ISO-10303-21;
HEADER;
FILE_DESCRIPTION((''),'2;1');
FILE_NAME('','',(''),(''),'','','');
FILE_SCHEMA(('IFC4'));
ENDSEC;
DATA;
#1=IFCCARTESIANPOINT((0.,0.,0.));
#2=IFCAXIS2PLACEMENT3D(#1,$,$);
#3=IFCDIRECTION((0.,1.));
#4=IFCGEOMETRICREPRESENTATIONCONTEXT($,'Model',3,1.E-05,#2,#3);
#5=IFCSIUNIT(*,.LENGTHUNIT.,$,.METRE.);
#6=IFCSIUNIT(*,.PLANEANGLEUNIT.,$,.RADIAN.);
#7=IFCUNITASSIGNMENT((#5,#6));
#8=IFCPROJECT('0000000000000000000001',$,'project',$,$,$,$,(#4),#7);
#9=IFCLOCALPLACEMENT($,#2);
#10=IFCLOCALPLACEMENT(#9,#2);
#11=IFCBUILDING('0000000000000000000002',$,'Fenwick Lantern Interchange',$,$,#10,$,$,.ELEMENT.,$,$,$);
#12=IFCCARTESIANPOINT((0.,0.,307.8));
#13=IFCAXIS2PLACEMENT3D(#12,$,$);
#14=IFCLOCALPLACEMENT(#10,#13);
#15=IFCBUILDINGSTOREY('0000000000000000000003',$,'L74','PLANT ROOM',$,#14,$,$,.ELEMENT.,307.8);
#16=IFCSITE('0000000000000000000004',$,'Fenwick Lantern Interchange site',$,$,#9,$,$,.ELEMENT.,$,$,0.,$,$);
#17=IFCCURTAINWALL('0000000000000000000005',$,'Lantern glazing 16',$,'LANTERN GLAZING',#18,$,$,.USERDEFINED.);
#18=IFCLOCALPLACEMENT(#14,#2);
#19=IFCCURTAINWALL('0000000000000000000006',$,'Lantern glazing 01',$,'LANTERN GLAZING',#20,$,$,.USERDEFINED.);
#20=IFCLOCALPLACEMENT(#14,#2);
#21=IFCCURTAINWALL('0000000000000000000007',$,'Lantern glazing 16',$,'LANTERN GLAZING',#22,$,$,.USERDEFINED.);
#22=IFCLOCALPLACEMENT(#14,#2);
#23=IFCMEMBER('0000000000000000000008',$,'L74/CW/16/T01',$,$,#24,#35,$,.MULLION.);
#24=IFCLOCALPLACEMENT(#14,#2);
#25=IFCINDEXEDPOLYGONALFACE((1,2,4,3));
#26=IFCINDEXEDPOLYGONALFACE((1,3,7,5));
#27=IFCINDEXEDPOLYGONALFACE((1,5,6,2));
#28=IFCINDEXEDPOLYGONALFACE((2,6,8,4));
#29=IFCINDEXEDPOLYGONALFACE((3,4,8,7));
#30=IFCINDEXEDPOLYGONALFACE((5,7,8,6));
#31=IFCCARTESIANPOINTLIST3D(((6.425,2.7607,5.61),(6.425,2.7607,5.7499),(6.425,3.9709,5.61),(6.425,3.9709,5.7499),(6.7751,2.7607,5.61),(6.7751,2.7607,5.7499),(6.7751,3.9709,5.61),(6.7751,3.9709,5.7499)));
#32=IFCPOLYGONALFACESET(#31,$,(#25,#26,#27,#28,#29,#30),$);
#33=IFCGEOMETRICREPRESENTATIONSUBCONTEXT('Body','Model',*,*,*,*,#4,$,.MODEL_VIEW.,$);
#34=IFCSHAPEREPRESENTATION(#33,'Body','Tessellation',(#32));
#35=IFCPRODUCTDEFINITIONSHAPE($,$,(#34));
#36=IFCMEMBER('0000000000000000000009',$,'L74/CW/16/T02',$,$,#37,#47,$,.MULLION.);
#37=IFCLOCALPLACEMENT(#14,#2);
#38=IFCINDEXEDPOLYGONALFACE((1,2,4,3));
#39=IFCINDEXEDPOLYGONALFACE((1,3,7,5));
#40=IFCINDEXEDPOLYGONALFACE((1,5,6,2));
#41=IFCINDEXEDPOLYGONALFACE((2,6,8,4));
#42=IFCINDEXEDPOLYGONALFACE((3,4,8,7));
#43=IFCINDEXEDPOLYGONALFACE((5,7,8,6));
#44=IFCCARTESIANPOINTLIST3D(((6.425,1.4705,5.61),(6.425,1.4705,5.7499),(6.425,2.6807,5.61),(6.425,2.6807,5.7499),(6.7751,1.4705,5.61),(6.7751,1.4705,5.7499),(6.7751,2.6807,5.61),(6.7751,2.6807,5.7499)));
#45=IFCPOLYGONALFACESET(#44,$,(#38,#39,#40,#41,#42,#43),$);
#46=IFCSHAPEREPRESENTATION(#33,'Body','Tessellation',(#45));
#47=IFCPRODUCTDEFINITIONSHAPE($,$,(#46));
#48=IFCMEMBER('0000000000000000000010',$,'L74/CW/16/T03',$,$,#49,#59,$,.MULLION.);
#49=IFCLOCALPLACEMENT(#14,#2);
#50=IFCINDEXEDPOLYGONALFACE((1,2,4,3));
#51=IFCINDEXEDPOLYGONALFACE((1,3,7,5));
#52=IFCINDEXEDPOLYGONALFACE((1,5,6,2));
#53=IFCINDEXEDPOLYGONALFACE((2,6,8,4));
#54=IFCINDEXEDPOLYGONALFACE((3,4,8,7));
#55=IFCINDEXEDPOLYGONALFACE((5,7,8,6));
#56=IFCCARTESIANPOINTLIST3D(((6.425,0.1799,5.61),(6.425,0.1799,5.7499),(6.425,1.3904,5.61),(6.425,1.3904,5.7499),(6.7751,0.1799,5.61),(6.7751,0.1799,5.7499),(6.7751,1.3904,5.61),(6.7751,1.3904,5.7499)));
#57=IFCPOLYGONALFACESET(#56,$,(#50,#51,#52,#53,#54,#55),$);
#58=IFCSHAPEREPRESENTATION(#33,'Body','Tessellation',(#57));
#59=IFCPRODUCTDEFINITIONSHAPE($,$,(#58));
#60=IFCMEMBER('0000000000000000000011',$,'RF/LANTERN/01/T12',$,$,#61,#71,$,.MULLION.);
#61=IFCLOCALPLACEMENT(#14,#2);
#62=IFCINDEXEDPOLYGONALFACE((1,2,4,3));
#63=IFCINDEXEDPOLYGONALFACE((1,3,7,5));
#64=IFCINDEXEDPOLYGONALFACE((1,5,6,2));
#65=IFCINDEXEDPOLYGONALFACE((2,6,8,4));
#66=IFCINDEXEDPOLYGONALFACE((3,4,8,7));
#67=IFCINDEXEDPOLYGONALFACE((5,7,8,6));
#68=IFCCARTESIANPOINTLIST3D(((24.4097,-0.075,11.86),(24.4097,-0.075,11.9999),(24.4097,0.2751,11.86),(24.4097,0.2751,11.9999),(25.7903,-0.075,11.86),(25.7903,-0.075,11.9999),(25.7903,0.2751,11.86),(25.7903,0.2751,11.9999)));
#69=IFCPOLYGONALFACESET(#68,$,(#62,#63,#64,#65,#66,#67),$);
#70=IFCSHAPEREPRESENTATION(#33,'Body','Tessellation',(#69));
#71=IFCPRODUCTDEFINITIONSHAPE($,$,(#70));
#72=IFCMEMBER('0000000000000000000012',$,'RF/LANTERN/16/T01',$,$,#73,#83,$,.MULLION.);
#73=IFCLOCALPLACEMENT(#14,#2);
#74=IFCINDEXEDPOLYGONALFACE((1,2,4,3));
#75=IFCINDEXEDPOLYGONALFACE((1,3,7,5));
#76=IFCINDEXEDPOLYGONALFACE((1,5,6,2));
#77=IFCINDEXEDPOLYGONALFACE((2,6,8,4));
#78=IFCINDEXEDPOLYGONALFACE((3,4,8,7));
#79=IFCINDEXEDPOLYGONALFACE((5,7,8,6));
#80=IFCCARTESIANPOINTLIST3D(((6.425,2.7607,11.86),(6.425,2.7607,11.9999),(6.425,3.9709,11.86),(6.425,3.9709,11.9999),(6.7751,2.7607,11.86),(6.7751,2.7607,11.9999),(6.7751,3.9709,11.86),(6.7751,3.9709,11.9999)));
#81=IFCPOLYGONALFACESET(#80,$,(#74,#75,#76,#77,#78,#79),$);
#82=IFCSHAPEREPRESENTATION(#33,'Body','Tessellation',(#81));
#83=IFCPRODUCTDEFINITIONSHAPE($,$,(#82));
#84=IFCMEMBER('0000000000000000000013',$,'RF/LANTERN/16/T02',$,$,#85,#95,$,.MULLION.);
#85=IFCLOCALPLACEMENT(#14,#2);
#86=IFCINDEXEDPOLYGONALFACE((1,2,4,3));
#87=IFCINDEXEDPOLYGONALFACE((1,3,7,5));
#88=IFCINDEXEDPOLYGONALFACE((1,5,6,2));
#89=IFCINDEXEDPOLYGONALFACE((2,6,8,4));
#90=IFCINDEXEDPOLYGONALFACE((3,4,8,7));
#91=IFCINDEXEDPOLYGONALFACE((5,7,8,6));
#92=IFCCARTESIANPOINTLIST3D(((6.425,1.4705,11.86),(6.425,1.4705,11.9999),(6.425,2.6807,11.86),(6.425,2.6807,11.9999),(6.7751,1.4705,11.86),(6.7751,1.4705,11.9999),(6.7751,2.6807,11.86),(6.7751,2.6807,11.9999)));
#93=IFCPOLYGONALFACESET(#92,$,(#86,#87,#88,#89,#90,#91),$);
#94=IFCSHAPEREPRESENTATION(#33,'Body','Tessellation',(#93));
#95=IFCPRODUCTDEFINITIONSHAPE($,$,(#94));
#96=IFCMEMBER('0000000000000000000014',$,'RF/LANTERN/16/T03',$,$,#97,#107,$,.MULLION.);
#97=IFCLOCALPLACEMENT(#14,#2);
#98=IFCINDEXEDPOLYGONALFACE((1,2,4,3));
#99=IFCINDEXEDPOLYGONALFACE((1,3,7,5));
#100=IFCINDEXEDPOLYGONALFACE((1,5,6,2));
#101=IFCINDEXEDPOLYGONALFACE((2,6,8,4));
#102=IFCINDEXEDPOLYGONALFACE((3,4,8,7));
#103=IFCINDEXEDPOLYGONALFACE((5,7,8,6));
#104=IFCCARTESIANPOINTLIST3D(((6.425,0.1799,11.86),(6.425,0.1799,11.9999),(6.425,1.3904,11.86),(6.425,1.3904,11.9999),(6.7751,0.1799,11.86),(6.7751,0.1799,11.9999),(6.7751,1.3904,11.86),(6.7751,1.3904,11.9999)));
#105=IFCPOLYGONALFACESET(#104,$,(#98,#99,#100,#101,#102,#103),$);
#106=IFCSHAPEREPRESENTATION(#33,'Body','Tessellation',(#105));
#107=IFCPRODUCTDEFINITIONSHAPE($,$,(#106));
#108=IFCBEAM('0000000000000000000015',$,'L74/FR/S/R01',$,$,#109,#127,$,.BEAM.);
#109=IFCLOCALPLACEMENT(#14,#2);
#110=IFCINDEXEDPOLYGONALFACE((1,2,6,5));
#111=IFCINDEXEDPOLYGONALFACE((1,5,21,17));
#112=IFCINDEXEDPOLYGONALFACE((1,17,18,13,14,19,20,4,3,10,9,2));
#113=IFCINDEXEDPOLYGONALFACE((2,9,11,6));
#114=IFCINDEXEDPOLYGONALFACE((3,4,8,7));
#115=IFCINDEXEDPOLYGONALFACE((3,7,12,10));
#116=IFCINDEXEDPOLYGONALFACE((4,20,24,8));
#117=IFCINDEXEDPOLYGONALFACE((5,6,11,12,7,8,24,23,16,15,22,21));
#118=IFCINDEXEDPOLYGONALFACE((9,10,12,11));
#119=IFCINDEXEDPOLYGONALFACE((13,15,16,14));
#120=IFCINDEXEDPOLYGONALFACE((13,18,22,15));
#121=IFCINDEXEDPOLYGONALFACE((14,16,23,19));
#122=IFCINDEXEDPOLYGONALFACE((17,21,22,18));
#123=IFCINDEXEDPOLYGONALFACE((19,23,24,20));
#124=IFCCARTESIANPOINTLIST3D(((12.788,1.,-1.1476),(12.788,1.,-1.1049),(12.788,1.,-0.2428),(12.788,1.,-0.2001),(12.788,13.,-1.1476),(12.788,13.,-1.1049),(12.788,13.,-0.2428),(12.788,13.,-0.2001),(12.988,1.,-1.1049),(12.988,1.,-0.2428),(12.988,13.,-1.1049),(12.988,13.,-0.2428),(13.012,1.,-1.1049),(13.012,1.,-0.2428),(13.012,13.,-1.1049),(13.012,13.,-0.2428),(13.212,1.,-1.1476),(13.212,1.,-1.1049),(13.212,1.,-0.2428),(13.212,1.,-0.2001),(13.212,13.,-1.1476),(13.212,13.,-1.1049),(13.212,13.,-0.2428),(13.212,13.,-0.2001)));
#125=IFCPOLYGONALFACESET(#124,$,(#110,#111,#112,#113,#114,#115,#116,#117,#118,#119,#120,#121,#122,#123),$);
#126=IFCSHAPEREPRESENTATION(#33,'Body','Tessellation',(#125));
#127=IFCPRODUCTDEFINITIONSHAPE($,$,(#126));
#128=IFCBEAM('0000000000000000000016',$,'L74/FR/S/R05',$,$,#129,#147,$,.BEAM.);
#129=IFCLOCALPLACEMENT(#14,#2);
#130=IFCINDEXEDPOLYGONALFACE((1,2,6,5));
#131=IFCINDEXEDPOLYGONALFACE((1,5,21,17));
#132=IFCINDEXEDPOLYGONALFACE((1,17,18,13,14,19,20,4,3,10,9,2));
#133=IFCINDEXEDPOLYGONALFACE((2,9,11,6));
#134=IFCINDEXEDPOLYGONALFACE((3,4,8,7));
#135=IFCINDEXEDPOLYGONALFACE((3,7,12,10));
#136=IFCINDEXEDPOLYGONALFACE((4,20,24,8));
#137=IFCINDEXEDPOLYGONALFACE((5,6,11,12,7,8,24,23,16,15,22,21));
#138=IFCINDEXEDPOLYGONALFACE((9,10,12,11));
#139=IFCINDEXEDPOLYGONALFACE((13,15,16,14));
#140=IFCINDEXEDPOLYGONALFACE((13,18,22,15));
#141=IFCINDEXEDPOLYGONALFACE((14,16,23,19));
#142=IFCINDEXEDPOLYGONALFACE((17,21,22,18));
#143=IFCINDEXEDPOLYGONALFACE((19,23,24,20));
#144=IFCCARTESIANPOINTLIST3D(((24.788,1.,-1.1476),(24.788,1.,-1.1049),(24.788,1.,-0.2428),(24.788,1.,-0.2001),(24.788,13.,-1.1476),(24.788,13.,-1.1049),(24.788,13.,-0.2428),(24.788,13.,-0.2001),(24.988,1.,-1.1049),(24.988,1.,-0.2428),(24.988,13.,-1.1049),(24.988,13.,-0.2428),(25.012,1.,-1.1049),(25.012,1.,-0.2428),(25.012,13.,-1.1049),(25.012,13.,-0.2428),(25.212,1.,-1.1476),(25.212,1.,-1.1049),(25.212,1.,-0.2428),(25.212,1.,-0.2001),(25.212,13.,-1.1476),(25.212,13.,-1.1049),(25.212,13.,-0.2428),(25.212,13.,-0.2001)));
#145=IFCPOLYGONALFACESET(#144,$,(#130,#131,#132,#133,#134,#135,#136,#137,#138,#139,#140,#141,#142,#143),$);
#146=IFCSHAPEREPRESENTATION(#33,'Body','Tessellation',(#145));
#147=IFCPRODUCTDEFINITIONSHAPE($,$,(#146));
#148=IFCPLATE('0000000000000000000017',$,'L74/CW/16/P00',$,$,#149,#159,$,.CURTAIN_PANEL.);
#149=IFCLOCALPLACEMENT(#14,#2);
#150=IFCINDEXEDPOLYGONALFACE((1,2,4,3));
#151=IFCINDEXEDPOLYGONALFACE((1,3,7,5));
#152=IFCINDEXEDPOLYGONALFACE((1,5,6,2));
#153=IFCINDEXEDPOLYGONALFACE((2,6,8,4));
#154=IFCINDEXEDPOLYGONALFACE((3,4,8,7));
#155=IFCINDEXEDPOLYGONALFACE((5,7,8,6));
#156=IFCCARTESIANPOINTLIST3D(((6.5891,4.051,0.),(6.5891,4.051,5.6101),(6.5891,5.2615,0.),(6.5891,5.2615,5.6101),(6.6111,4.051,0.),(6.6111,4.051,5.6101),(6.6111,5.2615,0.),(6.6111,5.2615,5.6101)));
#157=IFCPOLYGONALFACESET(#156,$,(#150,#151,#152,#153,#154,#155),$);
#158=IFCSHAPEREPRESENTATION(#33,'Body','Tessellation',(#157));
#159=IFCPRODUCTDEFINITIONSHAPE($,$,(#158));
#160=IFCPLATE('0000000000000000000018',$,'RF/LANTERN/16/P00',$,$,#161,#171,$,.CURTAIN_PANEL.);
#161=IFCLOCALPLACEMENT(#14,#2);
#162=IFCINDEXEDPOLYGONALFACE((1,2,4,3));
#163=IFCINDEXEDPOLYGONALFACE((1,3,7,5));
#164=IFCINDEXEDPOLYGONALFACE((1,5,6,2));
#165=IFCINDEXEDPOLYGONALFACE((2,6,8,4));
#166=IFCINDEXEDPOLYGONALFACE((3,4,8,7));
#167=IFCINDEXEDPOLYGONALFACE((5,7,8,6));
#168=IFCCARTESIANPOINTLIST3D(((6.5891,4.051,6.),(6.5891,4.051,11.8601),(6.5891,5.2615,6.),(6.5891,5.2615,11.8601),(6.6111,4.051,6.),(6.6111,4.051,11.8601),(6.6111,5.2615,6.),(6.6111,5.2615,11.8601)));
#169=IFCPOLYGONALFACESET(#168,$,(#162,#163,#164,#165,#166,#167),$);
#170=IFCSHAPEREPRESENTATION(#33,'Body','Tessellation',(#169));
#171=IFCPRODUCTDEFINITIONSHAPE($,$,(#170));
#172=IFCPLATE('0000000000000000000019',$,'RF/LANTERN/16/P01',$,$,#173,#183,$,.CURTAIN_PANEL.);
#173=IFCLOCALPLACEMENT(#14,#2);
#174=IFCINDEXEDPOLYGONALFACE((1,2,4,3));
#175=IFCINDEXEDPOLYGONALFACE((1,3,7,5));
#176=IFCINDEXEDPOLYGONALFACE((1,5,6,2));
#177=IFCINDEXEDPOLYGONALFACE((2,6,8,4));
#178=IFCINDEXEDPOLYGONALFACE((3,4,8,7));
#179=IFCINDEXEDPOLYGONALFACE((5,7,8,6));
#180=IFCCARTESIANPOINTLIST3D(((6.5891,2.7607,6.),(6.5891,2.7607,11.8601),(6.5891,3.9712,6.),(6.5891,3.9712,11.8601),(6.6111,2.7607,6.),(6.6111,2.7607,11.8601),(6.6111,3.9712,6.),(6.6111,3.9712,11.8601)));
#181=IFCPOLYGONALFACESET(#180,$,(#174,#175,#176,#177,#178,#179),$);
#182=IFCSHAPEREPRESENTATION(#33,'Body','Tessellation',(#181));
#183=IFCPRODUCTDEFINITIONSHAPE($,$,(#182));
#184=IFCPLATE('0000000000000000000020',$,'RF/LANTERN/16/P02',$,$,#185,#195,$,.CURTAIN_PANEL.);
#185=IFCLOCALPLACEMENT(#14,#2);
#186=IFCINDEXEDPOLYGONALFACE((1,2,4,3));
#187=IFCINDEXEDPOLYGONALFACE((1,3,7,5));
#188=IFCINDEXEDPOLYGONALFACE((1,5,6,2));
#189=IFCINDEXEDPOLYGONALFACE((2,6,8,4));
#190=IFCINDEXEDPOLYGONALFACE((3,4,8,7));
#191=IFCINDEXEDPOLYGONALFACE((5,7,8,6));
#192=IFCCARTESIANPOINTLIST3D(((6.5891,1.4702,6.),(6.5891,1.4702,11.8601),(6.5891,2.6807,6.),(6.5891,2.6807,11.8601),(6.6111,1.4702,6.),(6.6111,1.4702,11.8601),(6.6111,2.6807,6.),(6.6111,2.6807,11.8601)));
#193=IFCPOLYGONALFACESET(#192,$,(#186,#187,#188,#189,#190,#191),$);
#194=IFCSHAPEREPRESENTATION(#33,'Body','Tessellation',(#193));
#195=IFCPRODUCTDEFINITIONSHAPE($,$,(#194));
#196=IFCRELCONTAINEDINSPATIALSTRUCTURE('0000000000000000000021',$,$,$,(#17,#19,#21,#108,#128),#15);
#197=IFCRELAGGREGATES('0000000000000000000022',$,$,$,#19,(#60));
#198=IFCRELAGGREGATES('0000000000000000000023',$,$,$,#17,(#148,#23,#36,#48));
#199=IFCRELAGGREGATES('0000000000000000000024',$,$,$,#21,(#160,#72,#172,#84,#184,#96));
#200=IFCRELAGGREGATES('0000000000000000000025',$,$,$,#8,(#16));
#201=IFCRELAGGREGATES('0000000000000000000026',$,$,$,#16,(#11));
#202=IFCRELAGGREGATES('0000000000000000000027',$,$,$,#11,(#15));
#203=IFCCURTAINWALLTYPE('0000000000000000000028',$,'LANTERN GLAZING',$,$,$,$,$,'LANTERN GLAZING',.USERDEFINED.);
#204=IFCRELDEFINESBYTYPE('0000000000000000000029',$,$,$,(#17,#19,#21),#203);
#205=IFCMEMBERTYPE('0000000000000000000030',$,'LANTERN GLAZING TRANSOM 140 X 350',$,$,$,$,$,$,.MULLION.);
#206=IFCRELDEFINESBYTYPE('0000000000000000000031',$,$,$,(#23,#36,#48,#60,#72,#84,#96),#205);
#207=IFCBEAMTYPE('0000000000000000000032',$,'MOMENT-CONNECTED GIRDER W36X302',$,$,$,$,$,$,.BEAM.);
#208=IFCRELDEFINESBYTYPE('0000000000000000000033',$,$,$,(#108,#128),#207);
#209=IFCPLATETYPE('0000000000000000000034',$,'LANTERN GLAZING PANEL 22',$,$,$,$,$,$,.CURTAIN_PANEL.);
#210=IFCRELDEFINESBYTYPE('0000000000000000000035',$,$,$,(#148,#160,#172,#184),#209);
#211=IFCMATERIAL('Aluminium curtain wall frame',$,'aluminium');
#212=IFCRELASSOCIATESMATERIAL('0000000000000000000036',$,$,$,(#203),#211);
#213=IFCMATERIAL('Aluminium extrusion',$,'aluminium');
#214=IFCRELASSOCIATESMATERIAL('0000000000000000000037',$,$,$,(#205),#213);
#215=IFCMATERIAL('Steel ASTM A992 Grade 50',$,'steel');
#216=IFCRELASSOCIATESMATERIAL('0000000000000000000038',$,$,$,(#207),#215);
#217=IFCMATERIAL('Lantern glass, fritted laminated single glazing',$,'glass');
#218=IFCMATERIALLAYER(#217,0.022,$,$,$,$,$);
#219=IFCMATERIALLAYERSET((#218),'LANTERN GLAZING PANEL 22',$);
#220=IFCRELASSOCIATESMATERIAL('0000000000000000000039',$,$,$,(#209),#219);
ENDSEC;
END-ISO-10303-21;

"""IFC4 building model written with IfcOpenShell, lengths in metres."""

from ifc_helpers import new_model, si_unit, direction, frame, origin, origin_2d, place, context, subcontext, project, spatial, rectangle, i_section, extrude, material, layer, layer_set, material_profile, profile_set, type_object, element, aggregate, save


model = new_model("IFC4")

# Units and contexts
model_context = context("Model", 3, precision=1e-05, world=origin(), true_north=direction((0.0, 1.0)))
body_context = subcontext(model_context, "Body", "Model", "MODEL_VIEW")
ifc_project = project(units=[si_unit("LENGTHUNIT", "METRE"), si_unit("PLANEANGLEUNIT", "RADIAN")], contexts=[model_context])

# Site, building, storey
site_placement = place(None, origin())
site = spatial("IfcSite", under=ifc_project, at=site_placement, Name="Fenwick Lantern Interchange site", CompositionType="ELEMENT", RefElevation=0.0)
building_placement = place(site_placement, origin())
building = spatial("IfcBuilding", under=site, at=building_placement, Name="Fenwick Lantern Interchange", CompositionType="ELEMENT")
storey_placement = place(building_placement, frame((0.0, 0.0, 307.8)))
storey = spatial("IfcBuildingStorey", under=building, at=storey_placement, Name="L74", Description="PLANT ROOM", CompositionType="ELEMENT", Elevation=307.8)

# Shared definitions
ifc_material_1 = material(Name="Steel ASTM A992 Grade 50", Category="steel")

# Curtain wall
ifc_material_2 = material(Name="Aluminium curtain wall frame", Category="aluminium")
curtain_wall_type = type_object("IfcCurtainWallType", Name="LANTERN GLAZING", ElementType="LANTERN GLAZING", PredefinedType="USERDEFINED", material=ifc_material_2)
curtain_wall_1_placement = place(storey_placement, origin())
curtain_wall_1 = element("IfcCurtainWall", 1, at=curtain_wall_1_placement, inside=storey, type_object=curtain_wall_type, Name="Lantern glazing 16", ObjectType="LANTERN GLAZING", PredefinedType="USERDEFINED")
ifc_material_3 = material(Name="Aluminium extrusion", Category="aluminium")

# Curtain wall
curtain_wall_2_placement = place(storey_placement, origin())
curtain_wall_2 = element("IfcCurtainWall", 2, at=curtain_wall_2_placement, inside=storey, type_object=curtain_wall_type, Name="Lantern glazing 01", ObjectType="LANTERN GLAZING", PredefinedType="USERDEFINED")

# Curtain wall
curtain_wall_3_placement = place(storey_placement, origin())
curtain_wall_3 = element("IfcCurtainWall", 3, at=curtain_wall_3_placement, inside=storey, type_object=curtain_wall_type, Name="Lantern glazing 16", ObjectType="LANTERN GLAZING", PredefinedType="USERDEFINED")

# Shared definitions
ifc_material_profile_1 = material_profile(ifc_material_3, rectangle(XDim=0.3501, YDim=0.1399, at=origin_2d()), Name="LANTERN GLAZING TRANSOM 140 X 350")
ifc_profile_set_1 = profile_set([ifc_material_profile_1], Name="Aluminium extrusion")
member_type_1 = type_object("IfcMemberType", Name="LANTERN GLAZING TRANSOM 140 X 350", PredefinedType="MULLION", material=ifc_profile_set_1)

# Members
member_1_placement = place(storey_placement, frame((6.6001, 3.9709, 5.6799), z_axis=(0.0, -1.0, 0.0), x_axis=(1.0, 0.0, 0.0)))
member_1 = element("IfcMember", 4, at=member_1_placement, type_object=member_type_1, Name="L74/CW/16/T01", PredefinedType="MULLION", context=body_context, shape_type="SweptSolid", body=[
    extrude(rectangle(XDim=0.3501, YDim=0.1399, at=origin_2d()), origin(), (0.0, 0.0, 1.0), 1.2102),
])
member_2_placement = place(storey_placement, frame((6.6001, 2.6807, 5.6799), z_axis=(0.0, -1.0, 0.0), x_axis=(1.0, 0.0, 0.0)))
member_2 = element("IfcMember", 5, at=member_2_placement, type_object=member_type_1, Name="L74/CW/16/T02", PredefinedType="MULLION", context=body_context, shape_type="SweptSolid", body=[
    extrude(rectangle(XDim=0.3501, YDim=0.1399, at=origin_2d()), origin(), (0.0, 0.0, 1.0), 1.2102),
])
member_3_placement = place(storey_placement, frame((6.6001, 1.3904, 5.6799), z_axis=(0.0, -1.0, 0.0), x_axis=(1.0, 0.0, 0.0)))
member_3 = element("IfcMember", 6, at=member_3_placement, type_object=member_type_1, Name="L74/CW/16/T03", PredefinedType="MULLION", context=body_context, shape_type="SweptSolid", body=[
    extrude(rectangle(XDim=0.3501, YDim=0.1399, at=origin_2d()), origin(), (0.0, 0.0, 1.0), 1.2104),
])
member_4_placement = place(storey_placement, frame((24.4097, 0.1001, 11.9299), z_axis=(1.0, 0.0, 0.0), x_axis=(0.0, 1.0, 0.0)))
member_4 = element("IfcMember", 7, at=member_4_placement, type_object=member_type_1, Name="RF/LANTERN/01/T12", PredefinedType="MULLION", context=body_context, shape_type="SweptSolid", body=[
    extrude(rectangle(XDim=0.3501, YDim=0.1399, at=origin_2d()), origin(), (0.0, 0.0, 1.0), 1.3806),
])
aggregate(curtain_wall_2, [member_4])
member_5_placement = place(storey_placement, frame((6.6001, 3.9709, 11.9299), z_axis=(0.0, -1.0, 0.0), x_axis=(1.0, 0.0, 0.0)))
member_5 = element("IfcMember", 8, at=member_5_placement, type_object=member_type_1, Name="RF/LANTERN/16/T01", PredefinedType="MULLION", context=body_context, shape_type="SweptSolid", body=[
    extrude(rectangle(XDim=0.3501, YDim=0.1399, at=origin_2d()), origin(), (0.0, 0.0, 1.0), 1.2102),
])
member_6_placement = place(storey_placement, frame((6.6001, 2.6807, 11.9299), z_axis=(0.0, -1.0, 0.0), x_axis=(1.0, 0.0, 0.0)))
member_6 = element("IfcMember", 9, at=member_6_placement, type_object=member_type_1, Name="RF/LANTERN/16/T02", PredefinedType="MULLION", context=body_context, shape_type="SweptSolid", body=[
    extrude(rectangle(XDim=0.3501, YDim=0.1399, at=origin_2d()), origin(), (0.0, 0.0, 1.0), 1.2102),
])
member_7_placement = place(storey_placement, frame((6.6001, 1.3904, 11.9299), z_axis=(0.0, -1.0, 0.0), x_axis=(1.0, 0.0, 0.0)))
member_7 = element("IfcMember", 10, at=member_7_placement, type_object=member_type_1, Name="RF/LANTERN/16/T03", PredefinedType="MULLION", context=body_context, shape_type="SweptSolid", body=[
    extrude(rectangle(XDim=0.3501, YDim=0.1399, at=origin_2d()), origin(), (0.0, 0.0, 1.0), 1.2104),
])

# Beams
ifc_material_profile_2 = material_profile(ifc_material_1, i_section(OverallWidth=0.4241, OverallDepth=0.9475, WebThickness=0.0239, FlangeThickness=0.0427, at=origin_2d()), Name="W36X302")
ifc_profile_set_2 = profile_set([ifc_material_profile_2], Name="Steel ASTM A992 Grade 50")
beam_type_1 = type_object("IfcBeamType", Name="MOMENT-CONNECTED GIRDER W36X302", PredefinedType="BEAM", material=ifc_profile_set_2)
for number, where, z_axis, x_axis, name in (
    (11, (13.0, 1.0, -0.6738), (0.0, 1.0, 0.0), (-1.0, 0.0, 0.0), "L74/FR/S/R01"),
    (12, (25.0, 1.0, -0.6738), (0.0, 1.0, 0.0), (-1.0, 0.0, 0.0), "L74/FR/S/R05"),
):
    element("IfcBeam", number, at=place(storey_placement, frame(where, z_axis=z_axis, x_axis=x_axis)), inside=storey, type_object=beam_type_1, Name=name, PredefinedType="BEAM", context=body_context, shape_type="SweptSolid", body=[
        extrude(i_section(OverallWidth=0.4241, OverallDepth=0.9475, WebThickness=0.0239, FlangeThickness=0.0427, at=origin_2d()), origin(), (0.0, 0.0, 1.0), 12.0),
    ])

# Plates
ifc_material_4 = material(Name="Lantern glass, fritted laminated single glazing", Category="glass")
ifc_layer = layer(ifc_material_4, 0.022)
ifc_layer_set = layer_set([ifc_layer], Name="LANTERN GLAZING PANEL 22")
plate_type = type_object("IfcPlateType", Name="LANTERN GLAZING PANEL 22", PredefinedType="CURTAIN_PANEL", material=ifc_layer_set)
plate_1_placement = place(storey_placement, frame((6.6001, 4.6562, 0.0), z_axis=(0.0, 0.0, 1.0), x_axis=(0.0, -1.0, 0.0)))
plate_1 = element("IfcPlate", 13, at=plate_1_placement, type_object=plate_type, Name="L74/CW/16/P00", PredefinedType="CURTAIN_PANEL", context=body_context, shape_type="SweptSolid", body=[
    extrude(rectangle(XDim=1.2104, YDim=0.022, at=origin_2d()), origin(), (0.0, 0.0, 1.0), 5.6101),
])
aggregate(curtain_wall_1, [plate_1, member_1, member_2, member_3])
plate_2_placement = place(storey_placement, frame((6.6001, 4.6562, 6.0), z_axis=(0.0, 0.0, 1.0), x_axis=(0.0, -1.0, 0.0)))
plate_2 = element("IfcPlate", 14, at=plate_2_placement, type_object=plate_type, Name="RF/LANTERN/16/P00", PredefinedType="CURTAIN_PANEL", context=body_context, shape_type="SweptSolid", body=[
    extrude(rectangle(XDim=1.2104, YDim=0.022, at=origin_2d()), origin(), (0.0, 0.0, 1.0), 5.8601),
])
plate_3_placement = place(storey_placement, frame((6.6001, 3.366, 6.0), z_axis=(0.0, 0.0, 1.0), x_axis=(0.0, -1.0, 0.0)))
plate_3 = element("IfcPlate", 15, at=plate_3_placement, type_object=plate_type, Name="RF/LANTERN/16/P01", PredefinedType="CURTAIN_PANEL", context=body_context, shape_type="SweptSolid", body=[
    extrude(rectangle(XDim=1.2104, YDim=0.022, at=origin_2d()), origin(), (0.0, 0.0, 1.0), 5.8601),
])
plate_4_placement = place(storey_placement, frame((6.6001, 2.0754, 6.0), z_axis=(0.0, 0.0, 1.0), x_axis=(0.0, -1.0, 0.0)))
plate_4 = element("IfcPlate", 16, at=plate_4_placement, type_object=plate_type, Name="RF/LANTERN/16/P02", PredefinedType="CURTAIN_PANEL", context=body_context, shape_type="SweptSolid", body=[
    extrude(rectangle(XDim=1.2104, YDim=0.022, at=origin_2d()), origin(), (0.0, 0.0, 1.0), 5.8601),
])
aggregate(curtain_wall_3, [plate_2, member_5, plate_3, member_6, plate_4, member_7])

save(model, "model.ifc")
